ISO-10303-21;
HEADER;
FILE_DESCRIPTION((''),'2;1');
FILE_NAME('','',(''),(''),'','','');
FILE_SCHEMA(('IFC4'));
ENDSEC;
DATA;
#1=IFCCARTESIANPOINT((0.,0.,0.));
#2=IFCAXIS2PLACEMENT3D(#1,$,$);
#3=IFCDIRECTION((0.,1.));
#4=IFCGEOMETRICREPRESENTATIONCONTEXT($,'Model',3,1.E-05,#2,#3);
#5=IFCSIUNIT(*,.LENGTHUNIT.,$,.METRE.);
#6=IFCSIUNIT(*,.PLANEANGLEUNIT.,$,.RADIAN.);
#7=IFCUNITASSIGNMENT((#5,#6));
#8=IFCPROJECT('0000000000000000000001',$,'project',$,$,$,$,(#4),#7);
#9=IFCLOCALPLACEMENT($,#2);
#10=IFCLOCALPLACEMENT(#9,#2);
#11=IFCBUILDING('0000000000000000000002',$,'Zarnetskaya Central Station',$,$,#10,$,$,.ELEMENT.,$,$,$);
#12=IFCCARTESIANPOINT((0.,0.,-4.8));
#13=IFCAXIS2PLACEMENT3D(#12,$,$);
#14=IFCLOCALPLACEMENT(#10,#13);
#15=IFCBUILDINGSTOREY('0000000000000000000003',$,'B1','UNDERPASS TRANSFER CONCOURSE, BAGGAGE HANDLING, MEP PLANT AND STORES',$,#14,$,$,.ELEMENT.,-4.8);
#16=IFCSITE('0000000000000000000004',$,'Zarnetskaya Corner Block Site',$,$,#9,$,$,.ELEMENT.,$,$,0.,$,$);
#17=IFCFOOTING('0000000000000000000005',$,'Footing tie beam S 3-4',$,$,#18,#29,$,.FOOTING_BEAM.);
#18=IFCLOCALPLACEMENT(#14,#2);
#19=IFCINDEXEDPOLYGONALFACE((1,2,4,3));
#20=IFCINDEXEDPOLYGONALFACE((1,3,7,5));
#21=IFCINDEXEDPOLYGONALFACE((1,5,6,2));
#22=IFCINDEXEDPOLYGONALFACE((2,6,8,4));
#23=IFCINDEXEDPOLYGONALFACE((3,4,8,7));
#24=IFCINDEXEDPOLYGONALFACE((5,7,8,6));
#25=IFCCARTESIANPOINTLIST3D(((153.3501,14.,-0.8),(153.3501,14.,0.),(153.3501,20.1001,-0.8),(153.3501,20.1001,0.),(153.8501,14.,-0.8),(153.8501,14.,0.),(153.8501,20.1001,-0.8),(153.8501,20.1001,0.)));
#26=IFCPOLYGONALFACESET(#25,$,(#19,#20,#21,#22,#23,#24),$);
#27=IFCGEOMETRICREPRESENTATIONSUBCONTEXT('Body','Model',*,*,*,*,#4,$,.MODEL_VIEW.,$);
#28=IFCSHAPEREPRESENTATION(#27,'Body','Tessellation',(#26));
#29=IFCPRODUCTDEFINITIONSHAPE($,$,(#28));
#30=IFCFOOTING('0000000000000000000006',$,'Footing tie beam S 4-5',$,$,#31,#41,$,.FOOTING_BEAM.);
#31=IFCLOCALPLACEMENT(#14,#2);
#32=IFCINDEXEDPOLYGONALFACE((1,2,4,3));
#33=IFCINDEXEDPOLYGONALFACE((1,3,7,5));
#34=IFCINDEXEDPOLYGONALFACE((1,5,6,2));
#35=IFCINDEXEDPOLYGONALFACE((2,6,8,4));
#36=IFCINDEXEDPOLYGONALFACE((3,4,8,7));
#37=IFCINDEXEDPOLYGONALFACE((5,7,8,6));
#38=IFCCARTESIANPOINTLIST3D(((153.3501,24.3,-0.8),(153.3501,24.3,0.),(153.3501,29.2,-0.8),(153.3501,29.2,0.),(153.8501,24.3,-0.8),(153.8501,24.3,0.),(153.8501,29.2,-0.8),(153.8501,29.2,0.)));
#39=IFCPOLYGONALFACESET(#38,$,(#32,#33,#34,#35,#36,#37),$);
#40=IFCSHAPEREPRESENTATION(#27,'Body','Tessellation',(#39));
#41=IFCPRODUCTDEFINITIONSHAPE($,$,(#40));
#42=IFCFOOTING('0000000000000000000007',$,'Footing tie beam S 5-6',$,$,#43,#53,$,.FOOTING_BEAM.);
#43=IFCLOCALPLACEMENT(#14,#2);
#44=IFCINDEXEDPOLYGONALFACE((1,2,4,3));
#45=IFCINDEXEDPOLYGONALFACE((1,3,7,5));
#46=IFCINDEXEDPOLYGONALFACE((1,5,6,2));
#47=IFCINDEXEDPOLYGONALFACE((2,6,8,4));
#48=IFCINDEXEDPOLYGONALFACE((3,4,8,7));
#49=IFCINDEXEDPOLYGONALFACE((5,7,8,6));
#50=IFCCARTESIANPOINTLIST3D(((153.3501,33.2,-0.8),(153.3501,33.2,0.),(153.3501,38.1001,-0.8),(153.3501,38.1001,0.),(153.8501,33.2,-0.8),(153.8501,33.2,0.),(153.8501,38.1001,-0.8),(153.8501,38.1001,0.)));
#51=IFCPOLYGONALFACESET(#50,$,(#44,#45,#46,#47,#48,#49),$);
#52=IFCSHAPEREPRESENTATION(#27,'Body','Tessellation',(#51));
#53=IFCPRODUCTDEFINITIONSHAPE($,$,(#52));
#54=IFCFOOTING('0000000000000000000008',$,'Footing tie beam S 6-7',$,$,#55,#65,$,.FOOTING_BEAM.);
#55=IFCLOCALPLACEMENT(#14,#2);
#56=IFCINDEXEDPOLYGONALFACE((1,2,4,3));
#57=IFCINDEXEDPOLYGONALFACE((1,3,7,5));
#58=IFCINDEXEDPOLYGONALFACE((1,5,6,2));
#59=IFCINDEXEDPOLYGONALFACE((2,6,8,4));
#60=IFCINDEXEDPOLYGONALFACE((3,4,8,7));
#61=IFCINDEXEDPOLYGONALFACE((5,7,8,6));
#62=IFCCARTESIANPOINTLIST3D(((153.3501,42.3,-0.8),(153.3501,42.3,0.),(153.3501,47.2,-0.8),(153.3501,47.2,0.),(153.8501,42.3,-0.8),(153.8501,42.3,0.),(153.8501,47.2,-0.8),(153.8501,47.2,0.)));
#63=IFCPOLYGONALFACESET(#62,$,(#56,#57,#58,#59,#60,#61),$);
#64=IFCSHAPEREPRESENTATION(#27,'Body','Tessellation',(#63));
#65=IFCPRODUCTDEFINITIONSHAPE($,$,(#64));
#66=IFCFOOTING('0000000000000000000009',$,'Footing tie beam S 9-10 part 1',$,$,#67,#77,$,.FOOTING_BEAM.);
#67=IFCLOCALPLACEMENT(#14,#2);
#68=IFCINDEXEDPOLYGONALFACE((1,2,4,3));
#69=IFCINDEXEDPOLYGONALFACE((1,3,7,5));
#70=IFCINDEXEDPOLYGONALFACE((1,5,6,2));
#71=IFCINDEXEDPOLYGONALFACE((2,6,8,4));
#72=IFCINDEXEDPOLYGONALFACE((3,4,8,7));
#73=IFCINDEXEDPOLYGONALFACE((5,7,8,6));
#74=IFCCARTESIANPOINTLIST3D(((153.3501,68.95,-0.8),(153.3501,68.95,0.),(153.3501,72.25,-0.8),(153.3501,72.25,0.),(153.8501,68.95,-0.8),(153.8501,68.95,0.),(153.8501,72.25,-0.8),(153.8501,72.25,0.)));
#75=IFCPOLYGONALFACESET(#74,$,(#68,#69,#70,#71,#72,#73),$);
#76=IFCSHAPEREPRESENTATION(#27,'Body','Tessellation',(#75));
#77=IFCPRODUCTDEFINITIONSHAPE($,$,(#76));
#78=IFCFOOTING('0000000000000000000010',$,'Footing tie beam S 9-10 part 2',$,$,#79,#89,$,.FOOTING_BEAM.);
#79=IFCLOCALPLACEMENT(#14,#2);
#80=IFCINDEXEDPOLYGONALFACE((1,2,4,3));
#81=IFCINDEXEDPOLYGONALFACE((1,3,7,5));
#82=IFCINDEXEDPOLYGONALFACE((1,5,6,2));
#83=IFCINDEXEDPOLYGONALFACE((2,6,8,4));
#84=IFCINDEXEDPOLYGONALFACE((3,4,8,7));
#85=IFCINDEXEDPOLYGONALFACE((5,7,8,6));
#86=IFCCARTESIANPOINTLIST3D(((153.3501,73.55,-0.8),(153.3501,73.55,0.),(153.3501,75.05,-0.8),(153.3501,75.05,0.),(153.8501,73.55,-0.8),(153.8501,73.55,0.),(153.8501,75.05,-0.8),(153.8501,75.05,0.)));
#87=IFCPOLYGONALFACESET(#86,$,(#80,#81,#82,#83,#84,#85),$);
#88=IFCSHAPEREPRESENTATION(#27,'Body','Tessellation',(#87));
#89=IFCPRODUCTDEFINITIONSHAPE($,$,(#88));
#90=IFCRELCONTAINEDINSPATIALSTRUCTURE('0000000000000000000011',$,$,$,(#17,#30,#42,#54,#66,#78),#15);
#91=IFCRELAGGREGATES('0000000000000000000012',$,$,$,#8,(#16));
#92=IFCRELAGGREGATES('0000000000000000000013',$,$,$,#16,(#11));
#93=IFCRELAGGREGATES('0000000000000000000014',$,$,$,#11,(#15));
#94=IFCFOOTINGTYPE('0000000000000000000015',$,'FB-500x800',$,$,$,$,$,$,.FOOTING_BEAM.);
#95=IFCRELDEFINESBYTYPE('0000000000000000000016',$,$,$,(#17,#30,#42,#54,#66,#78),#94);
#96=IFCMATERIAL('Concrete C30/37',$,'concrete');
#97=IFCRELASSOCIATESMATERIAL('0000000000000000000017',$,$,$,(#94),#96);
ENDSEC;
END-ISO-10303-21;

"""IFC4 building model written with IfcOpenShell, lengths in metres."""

from ifc_helpers import new_model, si_unit, direction, frame, origin, place, context, subcontext, project, spatial, polyline, outline, extrude, material, type_object, element, save


model = new_model("IFC4")

# Units and contexts
model_context = context("Model", 3, precision=1e-05, world=origin(), true_north=direction((0.0, 1.0)))
body_context = subcontext(model_context, "Body", "Model", "MODEL_VIEW")
ifc_project = project(units=[si_unit("LENGTHUNIT", "METRE"), si_unit("PLANEANGLEUNIT", "RADIAN")], contexts=[model_context])

# Site, building, storey
site_placement = place(None, origin())
site = spatial("IfcSite", under=ifc_project, at=site_placement, Name="Zarnetskaya Corner Block Site", CompositionType="ELEMENT", RefElevation=0.0)
building_placement = place(site_placement, origin())
building = spatial("IfcBuilding", under=site, at=building_placement, Name="Zarnetskaya Central Station", CompositionType="ELEMENT")
storey_placement = place(building_placement, frame((0.0, 0.0, -4.8)))
storey = spatial("IfcBuildingStorey", under=building, at=storey_placement, Name="B1", Description="UNDERPASS TRANSFER CONCOURSE, BAGGAGE HANDLING, MEP PLANT AND STORES", CompositionType="ELEMENT", Elevation=-4.8)

# Footings
ifc_material = material(Name="Concrete C30/37", Category="concrete")
footing_type = type_object("IfcFootingType", Name="FB-500x800", PredefinedType="FOOTING_BEAM", material=ifc_material)
footing_1_placement = place(storey_placement, frame((0.0, 0.0, -0.8)))
element("IfcFooting", 1, at=footing_1_placement, inside=storey, type_object=footing_type, Name="Footing tie beam S 3-4", PredefinedType="FOOTING_BEAM", context=body_context, shape_type="SweptSolid", body=[
    extrude(outline(polyline([(153.3501, 14.0), (153.8501, 14.0), (153.8501, 20.1001), (153.3501, 20.1001), (153.3501, 14.0)])), origin(), (0.0, 0.0, 1.0), 0.8),
])
footing_2_placement = place(storey_placement, frame((0.0, 0.0, -0.8)))
element("IfcFooting", 2, at=footing_2_placement, inside=storey, type_object=footing_type, Name="Footing tie beam S 4-5", PredefinedType="FOOTING_BEAM", context=body_context, shape_type="SweptSolid", body=[
    extrude(outline(polyline([(153.3501, 24.3), (153.8501, 24.3), (153.8501, 29.2), (153.3501, 29.2), (153.3501, 24.3)])), origin(), (0.0, 0.0, 1.0), 0.8),
])
footing_3_placement = place(storey_placement, frame((0.0, 0.0, -0.8)))
element("IfcFooting", 3, at=footing_3_placement, inside=storey, type_object=footing_type, Name="Footing tie beam S 5-6", PredefinedType="FOOTING_BEAM", context=body_context, shape_type="SweptSolid", body=[
    extrude(outline(polyline([(153.3501, 33.2), (153.8501, 33.2), (153.8501, 38.1001), (153.3501, 38.1001), (153.3501, 33.2)])), origin(), (0.0, 0.0, 1.0), 0.8),
])
footing_4_placement = place(storey_placement, frame((0.0, 0.0, -0.8)))
element("IfcFooting", 4, at=footing_4_placement, inside=storey, type_object=footing_type, Name="Footing tie beam S 6-7", PredefinedType="FOOTING_BEAM", context=body_context, shape_type="SweptSolid", body=[
    extrude(outline(polyline([(153.3501, 42.3), (153.8501, 42.3), (153.8501, 47.2), (153.3501, 47.2), (153.3501, 42.3)])), origin(), (0.0, 0.0, 1.0), 0.8),
])
footing_5_placement = place(storey_placement, frame((0.0, 0.0, -0.8)))
element("IfcFooting", 5, at=footing_5_placement, inside=storey, type_object=footing_type, Name="Footing tie beam S 9-10 part 1", PredefinedType="FOOTING_BEAM", context=body_context, shape_type="SweptSolid", body=[
    extrude(outline(polyline([(153.3501, 68.95), (153.8501, 68.95), (153.8501, 72.25), (153.3501, 72.25), (153.3501, 68.95)])), origin(), (0.0, 0.0, 1.0), 0.8),
])
footing_6_placement = place(storey_placement, frame((0.0, 0.0, -0.8)))
element("IfcFooting", 6, at=footing_6_placement, inside=storey, type_object=footing_type, Name="Footing tie beam S 9-10 part 2", PredefinedType="FOOTING_BEAM", context=body_context, shape_type="SweptSolid", body=[
    extrude(outline(polyline([(153.3501, 73.55), (153.8501, 73.55), (153.8501, 75.05), (153.3501, 75.05), (153.3501, 73.55)])), origin(), (0.0, 0.0, 1.0), 0.8),
])

save(model, "model.ifc")
